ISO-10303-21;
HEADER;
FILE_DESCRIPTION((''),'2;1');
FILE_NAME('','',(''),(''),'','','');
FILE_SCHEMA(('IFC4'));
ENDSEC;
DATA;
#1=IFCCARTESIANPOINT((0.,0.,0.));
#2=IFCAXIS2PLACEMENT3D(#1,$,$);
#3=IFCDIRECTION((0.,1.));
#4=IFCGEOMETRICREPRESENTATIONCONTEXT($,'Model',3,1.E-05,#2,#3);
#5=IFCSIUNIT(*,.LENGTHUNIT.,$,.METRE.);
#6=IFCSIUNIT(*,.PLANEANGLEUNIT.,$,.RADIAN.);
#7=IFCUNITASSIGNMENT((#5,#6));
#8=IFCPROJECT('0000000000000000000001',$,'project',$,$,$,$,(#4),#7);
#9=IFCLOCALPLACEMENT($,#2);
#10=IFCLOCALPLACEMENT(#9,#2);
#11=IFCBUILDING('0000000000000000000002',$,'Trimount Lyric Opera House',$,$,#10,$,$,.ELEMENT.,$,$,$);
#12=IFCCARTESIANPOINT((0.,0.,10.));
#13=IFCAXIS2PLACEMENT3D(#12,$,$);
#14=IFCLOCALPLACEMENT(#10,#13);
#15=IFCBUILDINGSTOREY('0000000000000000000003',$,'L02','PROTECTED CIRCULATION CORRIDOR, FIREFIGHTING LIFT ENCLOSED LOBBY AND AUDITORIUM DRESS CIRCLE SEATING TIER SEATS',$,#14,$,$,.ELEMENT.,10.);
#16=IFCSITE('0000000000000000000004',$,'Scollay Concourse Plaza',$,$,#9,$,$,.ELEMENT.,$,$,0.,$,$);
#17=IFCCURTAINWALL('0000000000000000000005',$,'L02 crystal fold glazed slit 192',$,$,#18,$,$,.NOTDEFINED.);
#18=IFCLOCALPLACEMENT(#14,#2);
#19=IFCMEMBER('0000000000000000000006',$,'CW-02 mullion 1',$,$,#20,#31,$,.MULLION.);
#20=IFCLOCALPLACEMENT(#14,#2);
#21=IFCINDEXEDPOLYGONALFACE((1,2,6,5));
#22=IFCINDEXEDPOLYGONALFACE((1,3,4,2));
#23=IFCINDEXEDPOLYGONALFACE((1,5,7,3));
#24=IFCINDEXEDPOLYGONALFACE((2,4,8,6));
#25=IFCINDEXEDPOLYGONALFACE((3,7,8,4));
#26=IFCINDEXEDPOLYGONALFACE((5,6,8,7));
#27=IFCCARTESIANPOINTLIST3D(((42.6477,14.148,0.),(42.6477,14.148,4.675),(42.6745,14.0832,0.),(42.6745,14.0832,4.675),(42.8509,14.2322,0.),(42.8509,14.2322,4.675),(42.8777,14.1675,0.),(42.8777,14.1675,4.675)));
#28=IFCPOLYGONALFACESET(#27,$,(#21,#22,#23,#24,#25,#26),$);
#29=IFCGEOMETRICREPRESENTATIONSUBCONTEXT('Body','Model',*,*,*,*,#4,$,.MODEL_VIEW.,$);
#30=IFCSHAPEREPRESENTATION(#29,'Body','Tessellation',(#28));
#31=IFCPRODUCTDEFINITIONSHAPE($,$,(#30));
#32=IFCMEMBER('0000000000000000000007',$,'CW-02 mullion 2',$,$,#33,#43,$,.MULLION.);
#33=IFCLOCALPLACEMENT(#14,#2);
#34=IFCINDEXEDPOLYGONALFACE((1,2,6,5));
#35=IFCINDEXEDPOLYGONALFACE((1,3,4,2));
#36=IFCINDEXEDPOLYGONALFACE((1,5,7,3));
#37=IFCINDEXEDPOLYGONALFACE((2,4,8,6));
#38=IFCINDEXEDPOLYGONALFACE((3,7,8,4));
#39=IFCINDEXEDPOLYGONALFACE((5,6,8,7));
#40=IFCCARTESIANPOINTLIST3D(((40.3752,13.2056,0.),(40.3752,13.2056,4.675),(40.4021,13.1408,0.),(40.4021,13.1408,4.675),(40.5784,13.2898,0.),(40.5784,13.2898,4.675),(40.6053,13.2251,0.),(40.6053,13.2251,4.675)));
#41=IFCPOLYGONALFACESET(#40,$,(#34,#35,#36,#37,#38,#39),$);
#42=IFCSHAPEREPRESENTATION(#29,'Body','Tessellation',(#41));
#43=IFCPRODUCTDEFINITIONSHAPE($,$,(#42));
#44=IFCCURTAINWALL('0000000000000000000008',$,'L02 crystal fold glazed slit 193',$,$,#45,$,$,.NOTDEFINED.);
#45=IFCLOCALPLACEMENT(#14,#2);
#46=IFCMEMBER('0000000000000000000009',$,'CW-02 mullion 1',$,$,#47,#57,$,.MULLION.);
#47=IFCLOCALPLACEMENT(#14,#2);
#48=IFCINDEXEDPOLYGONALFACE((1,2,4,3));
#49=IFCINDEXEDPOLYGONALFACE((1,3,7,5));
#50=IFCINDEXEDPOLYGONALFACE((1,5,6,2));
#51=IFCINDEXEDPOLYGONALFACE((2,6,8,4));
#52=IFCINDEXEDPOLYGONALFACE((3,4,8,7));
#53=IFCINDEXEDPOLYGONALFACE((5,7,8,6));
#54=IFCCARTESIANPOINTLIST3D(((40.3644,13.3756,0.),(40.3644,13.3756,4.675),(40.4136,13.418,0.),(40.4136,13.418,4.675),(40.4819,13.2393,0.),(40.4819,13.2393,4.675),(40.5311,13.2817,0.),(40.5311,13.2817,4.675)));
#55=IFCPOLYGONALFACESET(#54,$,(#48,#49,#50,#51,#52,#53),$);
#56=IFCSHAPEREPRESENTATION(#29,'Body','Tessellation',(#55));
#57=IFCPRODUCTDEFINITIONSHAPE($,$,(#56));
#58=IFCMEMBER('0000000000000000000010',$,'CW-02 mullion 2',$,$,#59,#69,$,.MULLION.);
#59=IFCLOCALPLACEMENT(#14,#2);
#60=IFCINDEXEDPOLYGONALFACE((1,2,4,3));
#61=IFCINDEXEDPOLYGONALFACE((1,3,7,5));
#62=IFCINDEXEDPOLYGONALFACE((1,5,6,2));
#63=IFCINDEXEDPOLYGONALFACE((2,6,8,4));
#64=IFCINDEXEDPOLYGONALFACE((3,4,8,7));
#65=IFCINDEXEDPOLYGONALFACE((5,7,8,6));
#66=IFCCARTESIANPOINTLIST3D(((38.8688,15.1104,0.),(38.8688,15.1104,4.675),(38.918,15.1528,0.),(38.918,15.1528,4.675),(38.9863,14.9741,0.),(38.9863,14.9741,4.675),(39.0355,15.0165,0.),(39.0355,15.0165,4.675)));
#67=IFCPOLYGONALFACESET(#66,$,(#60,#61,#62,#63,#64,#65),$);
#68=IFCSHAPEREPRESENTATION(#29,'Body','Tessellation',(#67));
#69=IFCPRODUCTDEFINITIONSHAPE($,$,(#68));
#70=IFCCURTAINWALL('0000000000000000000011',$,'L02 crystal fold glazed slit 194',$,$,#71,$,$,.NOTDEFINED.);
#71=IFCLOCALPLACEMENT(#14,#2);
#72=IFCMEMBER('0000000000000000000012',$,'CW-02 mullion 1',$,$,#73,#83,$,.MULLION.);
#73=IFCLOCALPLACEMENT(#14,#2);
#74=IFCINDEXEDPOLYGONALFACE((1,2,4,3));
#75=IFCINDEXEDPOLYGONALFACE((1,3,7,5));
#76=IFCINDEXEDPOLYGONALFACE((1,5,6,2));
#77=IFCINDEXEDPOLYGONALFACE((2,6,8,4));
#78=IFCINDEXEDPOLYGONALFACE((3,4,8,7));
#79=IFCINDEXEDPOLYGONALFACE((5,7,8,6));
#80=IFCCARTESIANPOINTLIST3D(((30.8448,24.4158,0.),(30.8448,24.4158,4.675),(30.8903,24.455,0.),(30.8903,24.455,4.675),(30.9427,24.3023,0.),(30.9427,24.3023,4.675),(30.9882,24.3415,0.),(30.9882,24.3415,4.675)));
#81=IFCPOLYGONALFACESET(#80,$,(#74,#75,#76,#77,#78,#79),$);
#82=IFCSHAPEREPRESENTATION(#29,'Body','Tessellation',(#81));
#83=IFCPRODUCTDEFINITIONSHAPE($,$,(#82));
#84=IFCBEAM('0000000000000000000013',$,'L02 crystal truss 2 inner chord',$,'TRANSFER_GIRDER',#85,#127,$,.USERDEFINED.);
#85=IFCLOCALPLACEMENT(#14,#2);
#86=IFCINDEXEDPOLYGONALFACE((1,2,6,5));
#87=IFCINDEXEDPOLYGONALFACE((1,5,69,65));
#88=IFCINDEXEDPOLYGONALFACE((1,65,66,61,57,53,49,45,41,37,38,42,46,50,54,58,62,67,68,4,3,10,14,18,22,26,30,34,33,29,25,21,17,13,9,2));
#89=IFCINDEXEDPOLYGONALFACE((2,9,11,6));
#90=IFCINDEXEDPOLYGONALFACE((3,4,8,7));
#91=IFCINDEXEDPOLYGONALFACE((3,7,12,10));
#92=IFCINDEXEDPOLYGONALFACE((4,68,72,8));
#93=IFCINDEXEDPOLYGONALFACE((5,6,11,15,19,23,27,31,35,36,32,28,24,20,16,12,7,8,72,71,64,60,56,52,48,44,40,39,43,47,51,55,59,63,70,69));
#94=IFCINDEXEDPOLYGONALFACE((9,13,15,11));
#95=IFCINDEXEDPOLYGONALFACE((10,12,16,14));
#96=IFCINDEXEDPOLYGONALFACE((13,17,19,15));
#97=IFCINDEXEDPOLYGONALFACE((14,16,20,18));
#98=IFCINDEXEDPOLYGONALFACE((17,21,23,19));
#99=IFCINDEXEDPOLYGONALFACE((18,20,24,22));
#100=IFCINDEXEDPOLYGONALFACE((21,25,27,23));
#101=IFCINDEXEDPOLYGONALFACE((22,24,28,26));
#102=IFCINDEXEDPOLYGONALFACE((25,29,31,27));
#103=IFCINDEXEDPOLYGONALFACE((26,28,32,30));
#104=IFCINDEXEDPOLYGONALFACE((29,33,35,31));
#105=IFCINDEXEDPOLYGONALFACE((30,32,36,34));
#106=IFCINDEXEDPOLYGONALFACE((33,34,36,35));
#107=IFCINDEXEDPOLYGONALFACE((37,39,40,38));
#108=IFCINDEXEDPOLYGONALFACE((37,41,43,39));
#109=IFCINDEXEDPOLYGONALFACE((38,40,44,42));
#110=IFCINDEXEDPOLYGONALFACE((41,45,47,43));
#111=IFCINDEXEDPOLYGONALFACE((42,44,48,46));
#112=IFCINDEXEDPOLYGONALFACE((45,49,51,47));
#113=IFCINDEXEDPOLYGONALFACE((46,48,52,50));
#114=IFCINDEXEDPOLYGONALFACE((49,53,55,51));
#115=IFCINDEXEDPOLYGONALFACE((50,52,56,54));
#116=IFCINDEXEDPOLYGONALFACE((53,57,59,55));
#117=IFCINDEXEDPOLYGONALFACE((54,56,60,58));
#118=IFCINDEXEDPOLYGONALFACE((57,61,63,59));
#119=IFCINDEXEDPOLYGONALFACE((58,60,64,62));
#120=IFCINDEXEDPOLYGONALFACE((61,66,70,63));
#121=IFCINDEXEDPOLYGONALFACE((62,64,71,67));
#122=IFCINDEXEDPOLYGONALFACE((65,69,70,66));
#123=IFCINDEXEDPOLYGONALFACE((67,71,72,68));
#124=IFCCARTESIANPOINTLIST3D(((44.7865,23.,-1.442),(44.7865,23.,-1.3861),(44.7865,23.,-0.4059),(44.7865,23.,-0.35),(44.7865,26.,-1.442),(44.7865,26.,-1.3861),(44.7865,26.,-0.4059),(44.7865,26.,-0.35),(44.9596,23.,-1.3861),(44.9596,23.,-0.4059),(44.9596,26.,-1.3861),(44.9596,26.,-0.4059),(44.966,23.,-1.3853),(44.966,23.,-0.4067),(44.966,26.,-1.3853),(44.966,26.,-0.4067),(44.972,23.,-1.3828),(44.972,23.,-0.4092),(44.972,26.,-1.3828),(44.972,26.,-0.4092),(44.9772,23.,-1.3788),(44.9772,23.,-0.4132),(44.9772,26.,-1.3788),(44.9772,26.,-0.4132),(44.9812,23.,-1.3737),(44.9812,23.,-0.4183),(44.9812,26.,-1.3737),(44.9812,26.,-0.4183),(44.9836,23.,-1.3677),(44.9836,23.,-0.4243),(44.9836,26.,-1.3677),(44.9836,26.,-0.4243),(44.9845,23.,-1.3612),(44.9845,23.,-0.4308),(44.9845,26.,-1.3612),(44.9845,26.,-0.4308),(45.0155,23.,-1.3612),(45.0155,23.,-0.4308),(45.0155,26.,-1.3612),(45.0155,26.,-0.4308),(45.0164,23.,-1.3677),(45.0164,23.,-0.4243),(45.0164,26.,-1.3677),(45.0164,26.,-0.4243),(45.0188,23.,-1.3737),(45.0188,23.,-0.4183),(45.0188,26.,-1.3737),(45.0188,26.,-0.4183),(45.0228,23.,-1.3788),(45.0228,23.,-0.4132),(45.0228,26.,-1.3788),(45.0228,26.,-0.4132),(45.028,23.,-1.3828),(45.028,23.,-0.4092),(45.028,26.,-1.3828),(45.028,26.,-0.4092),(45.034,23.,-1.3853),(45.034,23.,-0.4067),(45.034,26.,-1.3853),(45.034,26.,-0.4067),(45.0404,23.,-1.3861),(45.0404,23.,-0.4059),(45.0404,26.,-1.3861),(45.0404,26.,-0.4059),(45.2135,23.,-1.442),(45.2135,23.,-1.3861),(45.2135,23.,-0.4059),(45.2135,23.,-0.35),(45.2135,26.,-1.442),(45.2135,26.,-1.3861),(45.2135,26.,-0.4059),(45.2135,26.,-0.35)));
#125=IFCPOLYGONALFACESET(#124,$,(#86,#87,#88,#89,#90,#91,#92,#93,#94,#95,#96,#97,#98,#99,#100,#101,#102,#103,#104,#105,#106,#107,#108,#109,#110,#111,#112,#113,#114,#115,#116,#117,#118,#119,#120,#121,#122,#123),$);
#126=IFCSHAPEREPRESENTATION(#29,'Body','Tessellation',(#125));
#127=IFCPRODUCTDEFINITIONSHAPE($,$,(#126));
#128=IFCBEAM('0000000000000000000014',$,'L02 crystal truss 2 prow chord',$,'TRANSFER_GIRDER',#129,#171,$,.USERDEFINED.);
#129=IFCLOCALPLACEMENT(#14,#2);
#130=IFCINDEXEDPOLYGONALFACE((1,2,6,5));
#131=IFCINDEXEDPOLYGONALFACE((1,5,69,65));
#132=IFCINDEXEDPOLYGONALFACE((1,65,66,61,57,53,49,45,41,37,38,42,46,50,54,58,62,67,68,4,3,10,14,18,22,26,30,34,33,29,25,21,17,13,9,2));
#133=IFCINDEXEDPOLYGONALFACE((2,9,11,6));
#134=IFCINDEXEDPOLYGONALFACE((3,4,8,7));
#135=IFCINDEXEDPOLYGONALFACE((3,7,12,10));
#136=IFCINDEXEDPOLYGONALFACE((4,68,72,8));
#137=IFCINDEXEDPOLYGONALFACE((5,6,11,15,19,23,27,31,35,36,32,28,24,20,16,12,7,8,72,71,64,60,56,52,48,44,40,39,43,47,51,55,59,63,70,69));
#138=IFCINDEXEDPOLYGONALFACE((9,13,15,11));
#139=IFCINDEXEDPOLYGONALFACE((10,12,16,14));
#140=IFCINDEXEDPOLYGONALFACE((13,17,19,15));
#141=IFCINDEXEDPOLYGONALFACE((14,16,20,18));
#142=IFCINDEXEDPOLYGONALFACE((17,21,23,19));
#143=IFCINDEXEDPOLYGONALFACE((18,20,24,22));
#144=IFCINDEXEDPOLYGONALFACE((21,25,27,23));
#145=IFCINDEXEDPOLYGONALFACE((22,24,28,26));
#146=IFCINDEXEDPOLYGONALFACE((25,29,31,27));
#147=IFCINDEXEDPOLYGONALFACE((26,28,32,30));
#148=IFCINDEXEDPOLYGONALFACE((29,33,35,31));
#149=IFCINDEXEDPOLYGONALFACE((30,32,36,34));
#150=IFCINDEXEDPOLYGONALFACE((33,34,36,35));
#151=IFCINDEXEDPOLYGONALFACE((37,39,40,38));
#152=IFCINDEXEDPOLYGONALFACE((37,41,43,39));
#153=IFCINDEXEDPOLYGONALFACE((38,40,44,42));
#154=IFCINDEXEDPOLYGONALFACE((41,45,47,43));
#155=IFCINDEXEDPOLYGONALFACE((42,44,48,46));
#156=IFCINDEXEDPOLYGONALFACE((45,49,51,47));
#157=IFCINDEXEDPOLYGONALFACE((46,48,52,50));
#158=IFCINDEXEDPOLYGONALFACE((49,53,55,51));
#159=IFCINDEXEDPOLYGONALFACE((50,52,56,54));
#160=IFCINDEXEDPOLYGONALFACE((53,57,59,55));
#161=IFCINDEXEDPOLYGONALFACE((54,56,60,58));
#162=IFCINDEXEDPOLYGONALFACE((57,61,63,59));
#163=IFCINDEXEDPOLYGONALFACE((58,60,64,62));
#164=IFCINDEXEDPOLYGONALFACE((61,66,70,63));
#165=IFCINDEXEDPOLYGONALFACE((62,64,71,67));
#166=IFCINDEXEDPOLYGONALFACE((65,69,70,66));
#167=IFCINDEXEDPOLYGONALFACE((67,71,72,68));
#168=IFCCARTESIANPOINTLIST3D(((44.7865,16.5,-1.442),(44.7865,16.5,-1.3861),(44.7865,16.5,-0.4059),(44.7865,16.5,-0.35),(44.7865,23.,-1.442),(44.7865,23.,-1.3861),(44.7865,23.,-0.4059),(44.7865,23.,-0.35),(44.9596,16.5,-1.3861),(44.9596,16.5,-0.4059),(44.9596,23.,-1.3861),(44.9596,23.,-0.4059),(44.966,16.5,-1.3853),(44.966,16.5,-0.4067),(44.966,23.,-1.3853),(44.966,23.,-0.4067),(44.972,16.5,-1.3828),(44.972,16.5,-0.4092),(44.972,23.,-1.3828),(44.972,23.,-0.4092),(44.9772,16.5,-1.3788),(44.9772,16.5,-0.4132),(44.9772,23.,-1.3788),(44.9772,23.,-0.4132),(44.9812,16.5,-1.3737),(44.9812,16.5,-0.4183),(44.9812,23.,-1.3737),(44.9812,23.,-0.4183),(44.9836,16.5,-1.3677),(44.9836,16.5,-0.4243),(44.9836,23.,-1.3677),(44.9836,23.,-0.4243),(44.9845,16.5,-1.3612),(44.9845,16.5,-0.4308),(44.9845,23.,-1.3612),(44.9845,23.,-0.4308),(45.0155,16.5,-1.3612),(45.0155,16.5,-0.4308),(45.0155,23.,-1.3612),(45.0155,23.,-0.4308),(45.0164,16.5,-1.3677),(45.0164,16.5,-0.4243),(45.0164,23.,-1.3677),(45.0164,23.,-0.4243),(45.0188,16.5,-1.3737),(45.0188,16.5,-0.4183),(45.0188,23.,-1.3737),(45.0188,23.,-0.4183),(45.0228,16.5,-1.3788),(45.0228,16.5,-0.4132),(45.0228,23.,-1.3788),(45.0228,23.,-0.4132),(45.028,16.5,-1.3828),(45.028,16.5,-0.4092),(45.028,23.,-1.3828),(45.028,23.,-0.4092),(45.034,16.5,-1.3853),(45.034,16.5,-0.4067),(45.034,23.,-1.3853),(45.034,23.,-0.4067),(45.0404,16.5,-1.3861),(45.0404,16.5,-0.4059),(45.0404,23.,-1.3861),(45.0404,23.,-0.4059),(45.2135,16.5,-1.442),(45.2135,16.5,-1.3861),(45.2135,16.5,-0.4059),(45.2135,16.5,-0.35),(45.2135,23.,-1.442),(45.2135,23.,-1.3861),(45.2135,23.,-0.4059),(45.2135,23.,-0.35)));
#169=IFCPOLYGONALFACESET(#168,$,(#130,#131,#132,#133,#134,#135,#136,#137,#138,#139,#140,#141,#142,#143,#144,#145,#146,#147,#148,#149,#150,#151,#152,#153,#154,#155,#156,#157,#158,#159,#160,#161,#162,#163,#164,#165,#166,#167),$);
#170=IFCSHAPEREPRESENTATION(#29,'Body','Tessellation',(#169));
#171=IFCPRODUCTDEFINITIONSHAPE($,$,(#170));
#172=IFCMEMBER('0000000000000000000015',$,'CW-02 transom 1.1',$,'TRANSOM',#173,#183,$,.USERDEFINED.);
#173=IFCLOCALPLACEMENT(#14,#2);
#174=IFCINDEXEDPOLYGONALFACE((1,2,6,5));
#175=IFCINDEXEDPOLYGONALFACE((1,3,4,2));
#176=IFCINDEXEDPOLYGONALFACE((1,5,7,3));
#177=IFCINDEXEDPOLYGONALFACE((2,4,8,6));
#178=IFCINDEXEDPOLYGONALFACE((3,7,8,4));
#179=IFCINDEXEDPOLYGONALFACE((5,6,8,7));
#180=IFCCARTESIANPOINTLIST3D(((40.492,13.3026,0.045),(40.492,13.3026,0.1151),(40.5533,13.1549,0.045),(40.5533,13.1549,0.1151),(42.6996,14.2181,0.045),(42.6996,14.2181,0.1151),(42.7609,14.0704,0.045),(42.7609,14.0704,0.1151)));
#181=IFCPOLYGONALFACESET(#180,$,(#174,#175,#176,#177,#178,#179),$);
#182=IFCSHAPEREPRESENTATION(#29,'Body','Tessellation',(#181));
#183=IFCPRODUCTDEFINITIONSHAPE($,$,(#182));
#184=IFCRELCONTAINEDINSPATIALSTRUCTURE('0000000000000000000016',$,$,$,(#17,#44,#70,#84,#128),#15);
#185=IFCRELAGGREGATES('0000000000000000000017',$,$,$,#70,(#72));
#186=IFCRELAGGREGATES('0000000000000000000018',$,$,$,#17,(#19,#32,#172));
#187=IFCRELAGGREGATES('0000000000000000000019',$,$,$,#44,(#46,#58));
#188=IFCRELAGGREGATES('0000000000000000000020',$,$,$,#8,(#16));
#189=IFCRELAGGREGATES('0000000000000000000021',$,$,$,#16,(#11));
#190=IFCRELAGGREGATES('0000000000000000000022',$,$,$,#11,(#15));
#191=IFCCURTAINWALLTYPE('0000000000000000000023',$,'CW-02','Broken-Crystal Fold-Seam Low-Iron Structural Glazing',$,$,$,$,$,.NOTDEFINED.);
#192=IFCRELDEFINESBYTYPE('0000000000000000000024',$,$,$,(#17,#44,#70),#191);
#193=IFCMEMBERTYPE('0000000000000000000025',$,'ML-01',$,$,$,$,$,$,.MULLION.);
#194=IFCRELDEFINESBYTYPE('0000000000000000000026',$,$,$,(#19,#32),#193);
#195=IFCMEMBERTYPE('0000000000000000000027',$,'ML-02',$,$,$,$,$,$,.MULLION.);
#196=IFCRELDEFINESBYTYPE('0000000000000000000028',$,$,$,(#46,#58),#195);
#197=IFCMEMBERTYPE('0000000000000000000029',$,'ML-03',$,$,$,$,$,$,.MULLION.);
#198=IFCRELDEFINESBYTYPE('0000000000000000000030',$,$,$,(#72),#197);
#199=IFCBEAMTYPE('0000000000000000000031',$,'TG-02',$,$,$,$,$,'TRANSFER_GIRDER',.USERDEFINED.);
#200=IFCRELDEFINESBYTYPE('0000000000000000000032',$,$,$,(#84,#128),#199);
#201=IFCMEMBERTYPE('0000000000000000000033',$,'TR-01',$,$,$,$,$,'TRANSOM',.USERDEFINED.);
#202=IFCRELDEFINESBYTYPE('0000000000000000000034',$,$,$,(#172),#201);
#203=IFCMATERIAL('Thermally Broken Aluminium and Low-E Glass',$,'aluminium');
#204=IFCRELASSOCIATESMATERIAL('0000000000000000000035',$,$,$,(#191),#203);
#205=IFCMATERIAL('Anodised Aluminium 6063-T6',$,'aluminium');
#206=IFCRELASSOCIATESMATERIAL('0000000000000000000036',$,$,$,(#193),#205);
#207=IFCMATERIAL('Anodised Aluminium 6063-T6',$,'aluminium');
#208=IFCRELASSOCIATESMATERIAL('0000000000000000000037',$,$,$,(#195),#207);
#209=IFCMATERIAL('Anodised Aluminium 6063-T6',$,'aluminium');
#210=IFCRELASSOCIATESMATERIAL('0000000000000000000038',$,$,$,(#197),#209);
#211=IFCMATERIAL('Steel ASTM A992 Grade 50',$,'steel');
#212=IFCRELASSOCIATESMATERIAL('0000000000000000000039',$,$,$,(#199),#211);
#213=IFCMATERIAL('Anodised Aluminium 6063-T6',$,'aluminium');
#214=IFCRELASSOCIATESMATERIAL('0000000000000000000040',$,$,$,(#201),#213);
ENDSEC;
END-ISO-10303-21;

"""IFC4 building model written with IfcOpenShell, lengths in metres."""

from ifc_helpers import new_model, si_unit, direction, frame, origin, origin_2d, place, context, subcontext, project, spatial, rectangle, i_section, extrude, material, material_profile, profile_set, type_object, element, aggregate, save


model = new_model("IFC4")

# Units and contexts
model_context = context("Model", 3, precision=1e-05, world=origin(), true_north=direction((0.0, 1.0)))
body_context = subcontext(model_context, "Body", "Model", "MODEL_VIEW")
ifc_project = project(units=[si_unit("LENGTHUNIT", "METRE"), si_unit("PLANEANGLEUNIT", "RADIAN")], contexts=[model_context])

# Site, building, storey
site_placement = place(None, origin())
site = spatial("IfcSite", under=ifc_project, at=site_placement, Name="Scollay Concourse Plaza", CompositionType="ELEMENT", RefElevation=0.0)
building_placement = place(site_placement, origin())
building = spatial("IfcBuilding", under=site, at=building_placement, Name="Trimount Lyric Opera House", CompositionType="ELEMENT")
storey_placement = place(building_placement, frame((0.0, 0.0, 10.0)))
storey = spatial("IfcBuildingStorey", under=building, at=storey_placement, Name="L02", Description="PROTECTED CIRCULATION CORRIDOR, FIREFIGHTING LIFT ENCLOSED LOBBY AND AUDITORIUM DRESS CIRCLE SEATING TIER SEATS", CompositionType="ELEMENT", Elevation=10.0)

# Curtain walls, members
ifc_material_1 = material(Name="Thermally Broken Aluminium and Low-E Glass", Category="aluminium")
curtain_wall_type = type_object("IfcCurtainWallType", Name="CW-02", Description="Broken-Crystal Fold-Seam Low-Iron Structural Glazing", PredefinedType="NOTDEFINED", material=ifc_material_1)
curtain_wall_1_placement = place(storey_placement, origin())
curtain_wall_1 = element("IfcCurtainWall", 1, at=curtain_wall_1_placement, inside=storey, type_object=curtain_wall_type, Name="L02 crystal fold glazed slit 192", PredefinedType="NOTDEFINED")
ifc_material_2 = material(Name="Anodised Aluminium 6063-T6", Category="aluminium")
ifc_material_profile_1 = material_profile(ifc_material_2, rectangle(XDim=0.0701, YDim=0.22, at=origin_2d()), Name="ALU-MULL-70X220")
ifc_profile_set_1 = profile_set([ifc_material_profile_1], Name="Anodised Aluminium 6063-T6")
member_type_1 = type_object("IfcMemberType", Name="ML-01", PredefinedType="MULLION", material=ifc_profile_set_1)
member_1_placement = place(storey_placement, frame((42.7627, 14.1577, 0.0), z_axis=(0.0, 0.0, 1.0), x_axis=(0.383015, -0.923742, 0.0)))
member_1 = element("IfcMember", 2, at=member_1_placement, type_object=member_type_1, Name="CW-02 mullion 1", PredefinedType="MULLION", context=body_context, shape_type="SweptSolid", body=[
    extrude(rectangle(XDim=0.0701, YDim=0.22, at=origin_2d()), origin(), (0.0, 0.0, 1.0), 4.675),
])
member_2_placement = place(storey_placement, frame((40.4902, 13.2153, 0.0), z_axis=(0.0, 0.0, 1.0), x_axis=(0.383015, -0.923742, 0.0)))
member_2 = element("IfcMember", 3, at=member_2_placement, type_object=member_type_1, Name="CW-02 mullion 2", PredefinedType="MULLION", context=body_context, shape_type="SweptSolid", body=[
    extrude(rectangle(XDim=0.0701, YDim=0.22, at=origin_2d()), origin(), (0.0, 0.0, 1.0), 4.675),
])
curtain_wall_2_placement = place(storey_placement, origin())
curtain_wall_2 = element("IfcCurtainWall", 4, at=curtain_wall_2_placement, inside=storey, type_object=curtain_wall_type, Name="L02 crystal fold glazed slit 193", PredefinedType="NOTDEFINED")
ifc_material_3 = material(Name="Anodised Aluminium 6063-T6", Category="aluminium")
ifc_material_profile_2 = material_profile(ifc_material_3, rectangle(XDim=0.0649, YDim=0.1799, at=origin_2d()), Name="ALU-MULL-65X180")
ifc_profile_set_2 = profile_set([ifc_material_profile_2], Name="Anodised Aluminium 6063-T6")
member_type_2 = type_object("IfcMemberType", Name="ML-02", PredefinedType="MULLION", material=ifc_profile_set_2)
member_3_placement = place(storey_placement, frame((40.4478, 13.3286, 0.0), z_axis=(0.0, 0.0, 1.0), x_axis=(-0.757395, -0.652956, 0.0)))
member_3 = element("IfcMember", 5, at=member_3_placement, type_object=member_type_2, Name="CW-02 mullion 1", PredefinedType="MULLION", context=body_context, shape_type="SweptSolid", body=[
    extrude(rectangle(XDim=0.0649, YDim=0.1799, at=origin_2d()), origin(), (0.0, 0.0, 1.0), 4.675),
])
member_4_placement = place(storey_placement, frame((38.9521, 15.0635, 0.0), z_axis=(0.0, 0.0, 1.0), x_axis=(-0.757395, -0.652956, 0.0)))
member_4 = element("IfcMember", 6, at=member_4_placement, type_object=member_type_2, Name="CW-02 mullion 2", PredefinedType="MULLION", context=body_context, shape_type="SweptSolid", body=[
    extrude(rectangle(XDim=0.0649, YDim=0.1799, at=origin_2d()), origin(), (0.0, 0.0, 1.0), 4.675),
])

# Curtain wall, member
curtain_wall_3_placement = place(storey_placement, origin())
curtain_wall_3 = element("IfcCurtainWall", 7, at=curtain_wall_3_placement, inside=storey, type_object=curtain_wall_type, Name="L02 crystal fold glazed slit 194", PredefinedType="NOTDEFINED")
ifc_material_4 = material(Name="Anodised Aluminium 6063-T6", Category="aluminium")
ifc_material_profile_3 = material_profile(ifc_material_4, rectangle(XDim=0.0601, YDim=0.1499, at=origin_2d()), Name="ALU-MULL-60X150")
ifc_profile_set_3 = profile_set([ifc_material_profile_3], Name="Anodised Aluminium 6063-T6")
member_type_3 = type_object("IfcMemberType", Name="ML-03", PredefinedType="MULLION", material=ifc_profile_set_3)
member_5_placement = place(storey_placement, frame((30.9165, 24.3787, 0.0), z_axis=(0.0, 0.0, 1.0), x_axis=(-0.757161, -0.653229, 0.0)))
member_5 = element("IfcMember", 8, at=member_5_placement, type_object=member_type_3, Name="CW-02 mullion 1", PredefinedType="MULLION", context=body_context, shape_type="SweptSolid", body=[
    extrude(rectangle(XDim=0.0601, YDim=0.1499, at=origin_2d()), origin(), (0.0, 0.0, 1.0), 4.675),
])
aggregate(curtain_wall_3, [member_5])

# Beams
ifc_material_5 = material(Name="Steel ASTM A992 Grade 50", Category="steel")
ifc_material_profile_4 = material_profile(ifc_material_5, i_section(OverallWidth=0.427, OverallDepth=1.092, WebThickness=0.031, FlangeThickness=0.0559, FilletRadius=0.0249, at=origin_2d()), Name="W40X397")
ifc_profile_set_4 = profile_set([ifc_material_profile_4], Name="Steel ASTM A992 Grade 50")
beam_type_1 = type_object("IfcBeamType", Name="TG-02", ElementType="TRANSFER_GIRDER", PredefinedType="USERDEFINED", material=ifc_profile_set_4)
beam_1_placement = place(storey_placement, frame((45.0, 23.0, -0.896), z_axis=(0.0, 1.0, 0.0), x_axis=(-1.0, 0.0, 0.0)))
element("IfcBeam", 9, at=beam_1_placement, inside=storey, type_object=beam_type_1, Name="L02 crystal truss 2 inner chord", ObjectType="TRANSFER_GIRDER", PredefinedType="USERDEFINED", context=body_context, shape_type="SweptSolid", body=[
    extrude(i_section(OverallWidth=0.427, OverallDepth=1.092, WebThickness=0.031, FlangeThickness=0.0559, FilletRadius=0.0249, at=origin_2d()), origin(), (0.0, 0.0, 1.0), 3.0),
])
beam_2_placement = place(storey_placement, frame((45.0, 16.5, -0.896), z_axis=(0.0, 1.0, 0.0), x_axis=(-1.0, 0.0, 0.0)))
element("IfcBeam", 10, at=beam_2_placement, inside=storey, type_object=beam_type_1, Name="L02 crystal truss 2 prow chord", ObjectType="TRANSFER_GIRDER", PredefinedType="USERDEFINED", context=body_context, shape_type="SweptSolid", body=[
    extrude(i_section(OverallWidth=0.427, OverallDepth=1.092, WebThickness=0.031, FlangeThickness=0.0559, FilletRadius=0.0249, at=origin_2d()), origin(), (0.0, 0.0, 1.0), 6.5),
])

# Member
ifc_material_6 = material(Name="Anodised Aluminium 6063-T6", Category="aluminium")
ifc_material_profile_5 = material_profile(ifc_material_6, rectangle(XDim=0.1599, YDim=0.0701, at=origin_2d()), Name="ALU-TRAN-70X160")
ifc_profile_set_5 = profile_set([ifc_material_profile_5], Name="Anodised Aluminium 6063-T6")
member_type_4 = type_object("IfcMemberType", Name="TR-01", ElementType="TRANSOM", PredefinedType="USERDEFINED", material=ifc_profile_set_5)
member_6_placement = place(storey_placement, frame((42.7302, 14.1443, 0.0801), z_axis=(-0.92371, -0.383092, 0.0), x_axis=(0.383092, -0.92371, 0.0)))
member_6 = element("IfcMember", 11, at=member_6_placement, type_object=member_type_4, Name="CW-02 transom 1.1", ObjectType="TRANSOM", PredefinedType="USERDEFINED", context=body_context, shape_type="SweptSolid", body=[
    extrude(rectangle(XDim=0.1599, YDim=0.0701, at=origin_2d()), origin(), (0.0, 0.0, 1.0), 2.3899),
])

aggregate(curtain_wall_1, [member_1, member_2, member_6])
aggregate(curtain_wall_2, [member_3, member_4])

save(model, "model.ifc")
